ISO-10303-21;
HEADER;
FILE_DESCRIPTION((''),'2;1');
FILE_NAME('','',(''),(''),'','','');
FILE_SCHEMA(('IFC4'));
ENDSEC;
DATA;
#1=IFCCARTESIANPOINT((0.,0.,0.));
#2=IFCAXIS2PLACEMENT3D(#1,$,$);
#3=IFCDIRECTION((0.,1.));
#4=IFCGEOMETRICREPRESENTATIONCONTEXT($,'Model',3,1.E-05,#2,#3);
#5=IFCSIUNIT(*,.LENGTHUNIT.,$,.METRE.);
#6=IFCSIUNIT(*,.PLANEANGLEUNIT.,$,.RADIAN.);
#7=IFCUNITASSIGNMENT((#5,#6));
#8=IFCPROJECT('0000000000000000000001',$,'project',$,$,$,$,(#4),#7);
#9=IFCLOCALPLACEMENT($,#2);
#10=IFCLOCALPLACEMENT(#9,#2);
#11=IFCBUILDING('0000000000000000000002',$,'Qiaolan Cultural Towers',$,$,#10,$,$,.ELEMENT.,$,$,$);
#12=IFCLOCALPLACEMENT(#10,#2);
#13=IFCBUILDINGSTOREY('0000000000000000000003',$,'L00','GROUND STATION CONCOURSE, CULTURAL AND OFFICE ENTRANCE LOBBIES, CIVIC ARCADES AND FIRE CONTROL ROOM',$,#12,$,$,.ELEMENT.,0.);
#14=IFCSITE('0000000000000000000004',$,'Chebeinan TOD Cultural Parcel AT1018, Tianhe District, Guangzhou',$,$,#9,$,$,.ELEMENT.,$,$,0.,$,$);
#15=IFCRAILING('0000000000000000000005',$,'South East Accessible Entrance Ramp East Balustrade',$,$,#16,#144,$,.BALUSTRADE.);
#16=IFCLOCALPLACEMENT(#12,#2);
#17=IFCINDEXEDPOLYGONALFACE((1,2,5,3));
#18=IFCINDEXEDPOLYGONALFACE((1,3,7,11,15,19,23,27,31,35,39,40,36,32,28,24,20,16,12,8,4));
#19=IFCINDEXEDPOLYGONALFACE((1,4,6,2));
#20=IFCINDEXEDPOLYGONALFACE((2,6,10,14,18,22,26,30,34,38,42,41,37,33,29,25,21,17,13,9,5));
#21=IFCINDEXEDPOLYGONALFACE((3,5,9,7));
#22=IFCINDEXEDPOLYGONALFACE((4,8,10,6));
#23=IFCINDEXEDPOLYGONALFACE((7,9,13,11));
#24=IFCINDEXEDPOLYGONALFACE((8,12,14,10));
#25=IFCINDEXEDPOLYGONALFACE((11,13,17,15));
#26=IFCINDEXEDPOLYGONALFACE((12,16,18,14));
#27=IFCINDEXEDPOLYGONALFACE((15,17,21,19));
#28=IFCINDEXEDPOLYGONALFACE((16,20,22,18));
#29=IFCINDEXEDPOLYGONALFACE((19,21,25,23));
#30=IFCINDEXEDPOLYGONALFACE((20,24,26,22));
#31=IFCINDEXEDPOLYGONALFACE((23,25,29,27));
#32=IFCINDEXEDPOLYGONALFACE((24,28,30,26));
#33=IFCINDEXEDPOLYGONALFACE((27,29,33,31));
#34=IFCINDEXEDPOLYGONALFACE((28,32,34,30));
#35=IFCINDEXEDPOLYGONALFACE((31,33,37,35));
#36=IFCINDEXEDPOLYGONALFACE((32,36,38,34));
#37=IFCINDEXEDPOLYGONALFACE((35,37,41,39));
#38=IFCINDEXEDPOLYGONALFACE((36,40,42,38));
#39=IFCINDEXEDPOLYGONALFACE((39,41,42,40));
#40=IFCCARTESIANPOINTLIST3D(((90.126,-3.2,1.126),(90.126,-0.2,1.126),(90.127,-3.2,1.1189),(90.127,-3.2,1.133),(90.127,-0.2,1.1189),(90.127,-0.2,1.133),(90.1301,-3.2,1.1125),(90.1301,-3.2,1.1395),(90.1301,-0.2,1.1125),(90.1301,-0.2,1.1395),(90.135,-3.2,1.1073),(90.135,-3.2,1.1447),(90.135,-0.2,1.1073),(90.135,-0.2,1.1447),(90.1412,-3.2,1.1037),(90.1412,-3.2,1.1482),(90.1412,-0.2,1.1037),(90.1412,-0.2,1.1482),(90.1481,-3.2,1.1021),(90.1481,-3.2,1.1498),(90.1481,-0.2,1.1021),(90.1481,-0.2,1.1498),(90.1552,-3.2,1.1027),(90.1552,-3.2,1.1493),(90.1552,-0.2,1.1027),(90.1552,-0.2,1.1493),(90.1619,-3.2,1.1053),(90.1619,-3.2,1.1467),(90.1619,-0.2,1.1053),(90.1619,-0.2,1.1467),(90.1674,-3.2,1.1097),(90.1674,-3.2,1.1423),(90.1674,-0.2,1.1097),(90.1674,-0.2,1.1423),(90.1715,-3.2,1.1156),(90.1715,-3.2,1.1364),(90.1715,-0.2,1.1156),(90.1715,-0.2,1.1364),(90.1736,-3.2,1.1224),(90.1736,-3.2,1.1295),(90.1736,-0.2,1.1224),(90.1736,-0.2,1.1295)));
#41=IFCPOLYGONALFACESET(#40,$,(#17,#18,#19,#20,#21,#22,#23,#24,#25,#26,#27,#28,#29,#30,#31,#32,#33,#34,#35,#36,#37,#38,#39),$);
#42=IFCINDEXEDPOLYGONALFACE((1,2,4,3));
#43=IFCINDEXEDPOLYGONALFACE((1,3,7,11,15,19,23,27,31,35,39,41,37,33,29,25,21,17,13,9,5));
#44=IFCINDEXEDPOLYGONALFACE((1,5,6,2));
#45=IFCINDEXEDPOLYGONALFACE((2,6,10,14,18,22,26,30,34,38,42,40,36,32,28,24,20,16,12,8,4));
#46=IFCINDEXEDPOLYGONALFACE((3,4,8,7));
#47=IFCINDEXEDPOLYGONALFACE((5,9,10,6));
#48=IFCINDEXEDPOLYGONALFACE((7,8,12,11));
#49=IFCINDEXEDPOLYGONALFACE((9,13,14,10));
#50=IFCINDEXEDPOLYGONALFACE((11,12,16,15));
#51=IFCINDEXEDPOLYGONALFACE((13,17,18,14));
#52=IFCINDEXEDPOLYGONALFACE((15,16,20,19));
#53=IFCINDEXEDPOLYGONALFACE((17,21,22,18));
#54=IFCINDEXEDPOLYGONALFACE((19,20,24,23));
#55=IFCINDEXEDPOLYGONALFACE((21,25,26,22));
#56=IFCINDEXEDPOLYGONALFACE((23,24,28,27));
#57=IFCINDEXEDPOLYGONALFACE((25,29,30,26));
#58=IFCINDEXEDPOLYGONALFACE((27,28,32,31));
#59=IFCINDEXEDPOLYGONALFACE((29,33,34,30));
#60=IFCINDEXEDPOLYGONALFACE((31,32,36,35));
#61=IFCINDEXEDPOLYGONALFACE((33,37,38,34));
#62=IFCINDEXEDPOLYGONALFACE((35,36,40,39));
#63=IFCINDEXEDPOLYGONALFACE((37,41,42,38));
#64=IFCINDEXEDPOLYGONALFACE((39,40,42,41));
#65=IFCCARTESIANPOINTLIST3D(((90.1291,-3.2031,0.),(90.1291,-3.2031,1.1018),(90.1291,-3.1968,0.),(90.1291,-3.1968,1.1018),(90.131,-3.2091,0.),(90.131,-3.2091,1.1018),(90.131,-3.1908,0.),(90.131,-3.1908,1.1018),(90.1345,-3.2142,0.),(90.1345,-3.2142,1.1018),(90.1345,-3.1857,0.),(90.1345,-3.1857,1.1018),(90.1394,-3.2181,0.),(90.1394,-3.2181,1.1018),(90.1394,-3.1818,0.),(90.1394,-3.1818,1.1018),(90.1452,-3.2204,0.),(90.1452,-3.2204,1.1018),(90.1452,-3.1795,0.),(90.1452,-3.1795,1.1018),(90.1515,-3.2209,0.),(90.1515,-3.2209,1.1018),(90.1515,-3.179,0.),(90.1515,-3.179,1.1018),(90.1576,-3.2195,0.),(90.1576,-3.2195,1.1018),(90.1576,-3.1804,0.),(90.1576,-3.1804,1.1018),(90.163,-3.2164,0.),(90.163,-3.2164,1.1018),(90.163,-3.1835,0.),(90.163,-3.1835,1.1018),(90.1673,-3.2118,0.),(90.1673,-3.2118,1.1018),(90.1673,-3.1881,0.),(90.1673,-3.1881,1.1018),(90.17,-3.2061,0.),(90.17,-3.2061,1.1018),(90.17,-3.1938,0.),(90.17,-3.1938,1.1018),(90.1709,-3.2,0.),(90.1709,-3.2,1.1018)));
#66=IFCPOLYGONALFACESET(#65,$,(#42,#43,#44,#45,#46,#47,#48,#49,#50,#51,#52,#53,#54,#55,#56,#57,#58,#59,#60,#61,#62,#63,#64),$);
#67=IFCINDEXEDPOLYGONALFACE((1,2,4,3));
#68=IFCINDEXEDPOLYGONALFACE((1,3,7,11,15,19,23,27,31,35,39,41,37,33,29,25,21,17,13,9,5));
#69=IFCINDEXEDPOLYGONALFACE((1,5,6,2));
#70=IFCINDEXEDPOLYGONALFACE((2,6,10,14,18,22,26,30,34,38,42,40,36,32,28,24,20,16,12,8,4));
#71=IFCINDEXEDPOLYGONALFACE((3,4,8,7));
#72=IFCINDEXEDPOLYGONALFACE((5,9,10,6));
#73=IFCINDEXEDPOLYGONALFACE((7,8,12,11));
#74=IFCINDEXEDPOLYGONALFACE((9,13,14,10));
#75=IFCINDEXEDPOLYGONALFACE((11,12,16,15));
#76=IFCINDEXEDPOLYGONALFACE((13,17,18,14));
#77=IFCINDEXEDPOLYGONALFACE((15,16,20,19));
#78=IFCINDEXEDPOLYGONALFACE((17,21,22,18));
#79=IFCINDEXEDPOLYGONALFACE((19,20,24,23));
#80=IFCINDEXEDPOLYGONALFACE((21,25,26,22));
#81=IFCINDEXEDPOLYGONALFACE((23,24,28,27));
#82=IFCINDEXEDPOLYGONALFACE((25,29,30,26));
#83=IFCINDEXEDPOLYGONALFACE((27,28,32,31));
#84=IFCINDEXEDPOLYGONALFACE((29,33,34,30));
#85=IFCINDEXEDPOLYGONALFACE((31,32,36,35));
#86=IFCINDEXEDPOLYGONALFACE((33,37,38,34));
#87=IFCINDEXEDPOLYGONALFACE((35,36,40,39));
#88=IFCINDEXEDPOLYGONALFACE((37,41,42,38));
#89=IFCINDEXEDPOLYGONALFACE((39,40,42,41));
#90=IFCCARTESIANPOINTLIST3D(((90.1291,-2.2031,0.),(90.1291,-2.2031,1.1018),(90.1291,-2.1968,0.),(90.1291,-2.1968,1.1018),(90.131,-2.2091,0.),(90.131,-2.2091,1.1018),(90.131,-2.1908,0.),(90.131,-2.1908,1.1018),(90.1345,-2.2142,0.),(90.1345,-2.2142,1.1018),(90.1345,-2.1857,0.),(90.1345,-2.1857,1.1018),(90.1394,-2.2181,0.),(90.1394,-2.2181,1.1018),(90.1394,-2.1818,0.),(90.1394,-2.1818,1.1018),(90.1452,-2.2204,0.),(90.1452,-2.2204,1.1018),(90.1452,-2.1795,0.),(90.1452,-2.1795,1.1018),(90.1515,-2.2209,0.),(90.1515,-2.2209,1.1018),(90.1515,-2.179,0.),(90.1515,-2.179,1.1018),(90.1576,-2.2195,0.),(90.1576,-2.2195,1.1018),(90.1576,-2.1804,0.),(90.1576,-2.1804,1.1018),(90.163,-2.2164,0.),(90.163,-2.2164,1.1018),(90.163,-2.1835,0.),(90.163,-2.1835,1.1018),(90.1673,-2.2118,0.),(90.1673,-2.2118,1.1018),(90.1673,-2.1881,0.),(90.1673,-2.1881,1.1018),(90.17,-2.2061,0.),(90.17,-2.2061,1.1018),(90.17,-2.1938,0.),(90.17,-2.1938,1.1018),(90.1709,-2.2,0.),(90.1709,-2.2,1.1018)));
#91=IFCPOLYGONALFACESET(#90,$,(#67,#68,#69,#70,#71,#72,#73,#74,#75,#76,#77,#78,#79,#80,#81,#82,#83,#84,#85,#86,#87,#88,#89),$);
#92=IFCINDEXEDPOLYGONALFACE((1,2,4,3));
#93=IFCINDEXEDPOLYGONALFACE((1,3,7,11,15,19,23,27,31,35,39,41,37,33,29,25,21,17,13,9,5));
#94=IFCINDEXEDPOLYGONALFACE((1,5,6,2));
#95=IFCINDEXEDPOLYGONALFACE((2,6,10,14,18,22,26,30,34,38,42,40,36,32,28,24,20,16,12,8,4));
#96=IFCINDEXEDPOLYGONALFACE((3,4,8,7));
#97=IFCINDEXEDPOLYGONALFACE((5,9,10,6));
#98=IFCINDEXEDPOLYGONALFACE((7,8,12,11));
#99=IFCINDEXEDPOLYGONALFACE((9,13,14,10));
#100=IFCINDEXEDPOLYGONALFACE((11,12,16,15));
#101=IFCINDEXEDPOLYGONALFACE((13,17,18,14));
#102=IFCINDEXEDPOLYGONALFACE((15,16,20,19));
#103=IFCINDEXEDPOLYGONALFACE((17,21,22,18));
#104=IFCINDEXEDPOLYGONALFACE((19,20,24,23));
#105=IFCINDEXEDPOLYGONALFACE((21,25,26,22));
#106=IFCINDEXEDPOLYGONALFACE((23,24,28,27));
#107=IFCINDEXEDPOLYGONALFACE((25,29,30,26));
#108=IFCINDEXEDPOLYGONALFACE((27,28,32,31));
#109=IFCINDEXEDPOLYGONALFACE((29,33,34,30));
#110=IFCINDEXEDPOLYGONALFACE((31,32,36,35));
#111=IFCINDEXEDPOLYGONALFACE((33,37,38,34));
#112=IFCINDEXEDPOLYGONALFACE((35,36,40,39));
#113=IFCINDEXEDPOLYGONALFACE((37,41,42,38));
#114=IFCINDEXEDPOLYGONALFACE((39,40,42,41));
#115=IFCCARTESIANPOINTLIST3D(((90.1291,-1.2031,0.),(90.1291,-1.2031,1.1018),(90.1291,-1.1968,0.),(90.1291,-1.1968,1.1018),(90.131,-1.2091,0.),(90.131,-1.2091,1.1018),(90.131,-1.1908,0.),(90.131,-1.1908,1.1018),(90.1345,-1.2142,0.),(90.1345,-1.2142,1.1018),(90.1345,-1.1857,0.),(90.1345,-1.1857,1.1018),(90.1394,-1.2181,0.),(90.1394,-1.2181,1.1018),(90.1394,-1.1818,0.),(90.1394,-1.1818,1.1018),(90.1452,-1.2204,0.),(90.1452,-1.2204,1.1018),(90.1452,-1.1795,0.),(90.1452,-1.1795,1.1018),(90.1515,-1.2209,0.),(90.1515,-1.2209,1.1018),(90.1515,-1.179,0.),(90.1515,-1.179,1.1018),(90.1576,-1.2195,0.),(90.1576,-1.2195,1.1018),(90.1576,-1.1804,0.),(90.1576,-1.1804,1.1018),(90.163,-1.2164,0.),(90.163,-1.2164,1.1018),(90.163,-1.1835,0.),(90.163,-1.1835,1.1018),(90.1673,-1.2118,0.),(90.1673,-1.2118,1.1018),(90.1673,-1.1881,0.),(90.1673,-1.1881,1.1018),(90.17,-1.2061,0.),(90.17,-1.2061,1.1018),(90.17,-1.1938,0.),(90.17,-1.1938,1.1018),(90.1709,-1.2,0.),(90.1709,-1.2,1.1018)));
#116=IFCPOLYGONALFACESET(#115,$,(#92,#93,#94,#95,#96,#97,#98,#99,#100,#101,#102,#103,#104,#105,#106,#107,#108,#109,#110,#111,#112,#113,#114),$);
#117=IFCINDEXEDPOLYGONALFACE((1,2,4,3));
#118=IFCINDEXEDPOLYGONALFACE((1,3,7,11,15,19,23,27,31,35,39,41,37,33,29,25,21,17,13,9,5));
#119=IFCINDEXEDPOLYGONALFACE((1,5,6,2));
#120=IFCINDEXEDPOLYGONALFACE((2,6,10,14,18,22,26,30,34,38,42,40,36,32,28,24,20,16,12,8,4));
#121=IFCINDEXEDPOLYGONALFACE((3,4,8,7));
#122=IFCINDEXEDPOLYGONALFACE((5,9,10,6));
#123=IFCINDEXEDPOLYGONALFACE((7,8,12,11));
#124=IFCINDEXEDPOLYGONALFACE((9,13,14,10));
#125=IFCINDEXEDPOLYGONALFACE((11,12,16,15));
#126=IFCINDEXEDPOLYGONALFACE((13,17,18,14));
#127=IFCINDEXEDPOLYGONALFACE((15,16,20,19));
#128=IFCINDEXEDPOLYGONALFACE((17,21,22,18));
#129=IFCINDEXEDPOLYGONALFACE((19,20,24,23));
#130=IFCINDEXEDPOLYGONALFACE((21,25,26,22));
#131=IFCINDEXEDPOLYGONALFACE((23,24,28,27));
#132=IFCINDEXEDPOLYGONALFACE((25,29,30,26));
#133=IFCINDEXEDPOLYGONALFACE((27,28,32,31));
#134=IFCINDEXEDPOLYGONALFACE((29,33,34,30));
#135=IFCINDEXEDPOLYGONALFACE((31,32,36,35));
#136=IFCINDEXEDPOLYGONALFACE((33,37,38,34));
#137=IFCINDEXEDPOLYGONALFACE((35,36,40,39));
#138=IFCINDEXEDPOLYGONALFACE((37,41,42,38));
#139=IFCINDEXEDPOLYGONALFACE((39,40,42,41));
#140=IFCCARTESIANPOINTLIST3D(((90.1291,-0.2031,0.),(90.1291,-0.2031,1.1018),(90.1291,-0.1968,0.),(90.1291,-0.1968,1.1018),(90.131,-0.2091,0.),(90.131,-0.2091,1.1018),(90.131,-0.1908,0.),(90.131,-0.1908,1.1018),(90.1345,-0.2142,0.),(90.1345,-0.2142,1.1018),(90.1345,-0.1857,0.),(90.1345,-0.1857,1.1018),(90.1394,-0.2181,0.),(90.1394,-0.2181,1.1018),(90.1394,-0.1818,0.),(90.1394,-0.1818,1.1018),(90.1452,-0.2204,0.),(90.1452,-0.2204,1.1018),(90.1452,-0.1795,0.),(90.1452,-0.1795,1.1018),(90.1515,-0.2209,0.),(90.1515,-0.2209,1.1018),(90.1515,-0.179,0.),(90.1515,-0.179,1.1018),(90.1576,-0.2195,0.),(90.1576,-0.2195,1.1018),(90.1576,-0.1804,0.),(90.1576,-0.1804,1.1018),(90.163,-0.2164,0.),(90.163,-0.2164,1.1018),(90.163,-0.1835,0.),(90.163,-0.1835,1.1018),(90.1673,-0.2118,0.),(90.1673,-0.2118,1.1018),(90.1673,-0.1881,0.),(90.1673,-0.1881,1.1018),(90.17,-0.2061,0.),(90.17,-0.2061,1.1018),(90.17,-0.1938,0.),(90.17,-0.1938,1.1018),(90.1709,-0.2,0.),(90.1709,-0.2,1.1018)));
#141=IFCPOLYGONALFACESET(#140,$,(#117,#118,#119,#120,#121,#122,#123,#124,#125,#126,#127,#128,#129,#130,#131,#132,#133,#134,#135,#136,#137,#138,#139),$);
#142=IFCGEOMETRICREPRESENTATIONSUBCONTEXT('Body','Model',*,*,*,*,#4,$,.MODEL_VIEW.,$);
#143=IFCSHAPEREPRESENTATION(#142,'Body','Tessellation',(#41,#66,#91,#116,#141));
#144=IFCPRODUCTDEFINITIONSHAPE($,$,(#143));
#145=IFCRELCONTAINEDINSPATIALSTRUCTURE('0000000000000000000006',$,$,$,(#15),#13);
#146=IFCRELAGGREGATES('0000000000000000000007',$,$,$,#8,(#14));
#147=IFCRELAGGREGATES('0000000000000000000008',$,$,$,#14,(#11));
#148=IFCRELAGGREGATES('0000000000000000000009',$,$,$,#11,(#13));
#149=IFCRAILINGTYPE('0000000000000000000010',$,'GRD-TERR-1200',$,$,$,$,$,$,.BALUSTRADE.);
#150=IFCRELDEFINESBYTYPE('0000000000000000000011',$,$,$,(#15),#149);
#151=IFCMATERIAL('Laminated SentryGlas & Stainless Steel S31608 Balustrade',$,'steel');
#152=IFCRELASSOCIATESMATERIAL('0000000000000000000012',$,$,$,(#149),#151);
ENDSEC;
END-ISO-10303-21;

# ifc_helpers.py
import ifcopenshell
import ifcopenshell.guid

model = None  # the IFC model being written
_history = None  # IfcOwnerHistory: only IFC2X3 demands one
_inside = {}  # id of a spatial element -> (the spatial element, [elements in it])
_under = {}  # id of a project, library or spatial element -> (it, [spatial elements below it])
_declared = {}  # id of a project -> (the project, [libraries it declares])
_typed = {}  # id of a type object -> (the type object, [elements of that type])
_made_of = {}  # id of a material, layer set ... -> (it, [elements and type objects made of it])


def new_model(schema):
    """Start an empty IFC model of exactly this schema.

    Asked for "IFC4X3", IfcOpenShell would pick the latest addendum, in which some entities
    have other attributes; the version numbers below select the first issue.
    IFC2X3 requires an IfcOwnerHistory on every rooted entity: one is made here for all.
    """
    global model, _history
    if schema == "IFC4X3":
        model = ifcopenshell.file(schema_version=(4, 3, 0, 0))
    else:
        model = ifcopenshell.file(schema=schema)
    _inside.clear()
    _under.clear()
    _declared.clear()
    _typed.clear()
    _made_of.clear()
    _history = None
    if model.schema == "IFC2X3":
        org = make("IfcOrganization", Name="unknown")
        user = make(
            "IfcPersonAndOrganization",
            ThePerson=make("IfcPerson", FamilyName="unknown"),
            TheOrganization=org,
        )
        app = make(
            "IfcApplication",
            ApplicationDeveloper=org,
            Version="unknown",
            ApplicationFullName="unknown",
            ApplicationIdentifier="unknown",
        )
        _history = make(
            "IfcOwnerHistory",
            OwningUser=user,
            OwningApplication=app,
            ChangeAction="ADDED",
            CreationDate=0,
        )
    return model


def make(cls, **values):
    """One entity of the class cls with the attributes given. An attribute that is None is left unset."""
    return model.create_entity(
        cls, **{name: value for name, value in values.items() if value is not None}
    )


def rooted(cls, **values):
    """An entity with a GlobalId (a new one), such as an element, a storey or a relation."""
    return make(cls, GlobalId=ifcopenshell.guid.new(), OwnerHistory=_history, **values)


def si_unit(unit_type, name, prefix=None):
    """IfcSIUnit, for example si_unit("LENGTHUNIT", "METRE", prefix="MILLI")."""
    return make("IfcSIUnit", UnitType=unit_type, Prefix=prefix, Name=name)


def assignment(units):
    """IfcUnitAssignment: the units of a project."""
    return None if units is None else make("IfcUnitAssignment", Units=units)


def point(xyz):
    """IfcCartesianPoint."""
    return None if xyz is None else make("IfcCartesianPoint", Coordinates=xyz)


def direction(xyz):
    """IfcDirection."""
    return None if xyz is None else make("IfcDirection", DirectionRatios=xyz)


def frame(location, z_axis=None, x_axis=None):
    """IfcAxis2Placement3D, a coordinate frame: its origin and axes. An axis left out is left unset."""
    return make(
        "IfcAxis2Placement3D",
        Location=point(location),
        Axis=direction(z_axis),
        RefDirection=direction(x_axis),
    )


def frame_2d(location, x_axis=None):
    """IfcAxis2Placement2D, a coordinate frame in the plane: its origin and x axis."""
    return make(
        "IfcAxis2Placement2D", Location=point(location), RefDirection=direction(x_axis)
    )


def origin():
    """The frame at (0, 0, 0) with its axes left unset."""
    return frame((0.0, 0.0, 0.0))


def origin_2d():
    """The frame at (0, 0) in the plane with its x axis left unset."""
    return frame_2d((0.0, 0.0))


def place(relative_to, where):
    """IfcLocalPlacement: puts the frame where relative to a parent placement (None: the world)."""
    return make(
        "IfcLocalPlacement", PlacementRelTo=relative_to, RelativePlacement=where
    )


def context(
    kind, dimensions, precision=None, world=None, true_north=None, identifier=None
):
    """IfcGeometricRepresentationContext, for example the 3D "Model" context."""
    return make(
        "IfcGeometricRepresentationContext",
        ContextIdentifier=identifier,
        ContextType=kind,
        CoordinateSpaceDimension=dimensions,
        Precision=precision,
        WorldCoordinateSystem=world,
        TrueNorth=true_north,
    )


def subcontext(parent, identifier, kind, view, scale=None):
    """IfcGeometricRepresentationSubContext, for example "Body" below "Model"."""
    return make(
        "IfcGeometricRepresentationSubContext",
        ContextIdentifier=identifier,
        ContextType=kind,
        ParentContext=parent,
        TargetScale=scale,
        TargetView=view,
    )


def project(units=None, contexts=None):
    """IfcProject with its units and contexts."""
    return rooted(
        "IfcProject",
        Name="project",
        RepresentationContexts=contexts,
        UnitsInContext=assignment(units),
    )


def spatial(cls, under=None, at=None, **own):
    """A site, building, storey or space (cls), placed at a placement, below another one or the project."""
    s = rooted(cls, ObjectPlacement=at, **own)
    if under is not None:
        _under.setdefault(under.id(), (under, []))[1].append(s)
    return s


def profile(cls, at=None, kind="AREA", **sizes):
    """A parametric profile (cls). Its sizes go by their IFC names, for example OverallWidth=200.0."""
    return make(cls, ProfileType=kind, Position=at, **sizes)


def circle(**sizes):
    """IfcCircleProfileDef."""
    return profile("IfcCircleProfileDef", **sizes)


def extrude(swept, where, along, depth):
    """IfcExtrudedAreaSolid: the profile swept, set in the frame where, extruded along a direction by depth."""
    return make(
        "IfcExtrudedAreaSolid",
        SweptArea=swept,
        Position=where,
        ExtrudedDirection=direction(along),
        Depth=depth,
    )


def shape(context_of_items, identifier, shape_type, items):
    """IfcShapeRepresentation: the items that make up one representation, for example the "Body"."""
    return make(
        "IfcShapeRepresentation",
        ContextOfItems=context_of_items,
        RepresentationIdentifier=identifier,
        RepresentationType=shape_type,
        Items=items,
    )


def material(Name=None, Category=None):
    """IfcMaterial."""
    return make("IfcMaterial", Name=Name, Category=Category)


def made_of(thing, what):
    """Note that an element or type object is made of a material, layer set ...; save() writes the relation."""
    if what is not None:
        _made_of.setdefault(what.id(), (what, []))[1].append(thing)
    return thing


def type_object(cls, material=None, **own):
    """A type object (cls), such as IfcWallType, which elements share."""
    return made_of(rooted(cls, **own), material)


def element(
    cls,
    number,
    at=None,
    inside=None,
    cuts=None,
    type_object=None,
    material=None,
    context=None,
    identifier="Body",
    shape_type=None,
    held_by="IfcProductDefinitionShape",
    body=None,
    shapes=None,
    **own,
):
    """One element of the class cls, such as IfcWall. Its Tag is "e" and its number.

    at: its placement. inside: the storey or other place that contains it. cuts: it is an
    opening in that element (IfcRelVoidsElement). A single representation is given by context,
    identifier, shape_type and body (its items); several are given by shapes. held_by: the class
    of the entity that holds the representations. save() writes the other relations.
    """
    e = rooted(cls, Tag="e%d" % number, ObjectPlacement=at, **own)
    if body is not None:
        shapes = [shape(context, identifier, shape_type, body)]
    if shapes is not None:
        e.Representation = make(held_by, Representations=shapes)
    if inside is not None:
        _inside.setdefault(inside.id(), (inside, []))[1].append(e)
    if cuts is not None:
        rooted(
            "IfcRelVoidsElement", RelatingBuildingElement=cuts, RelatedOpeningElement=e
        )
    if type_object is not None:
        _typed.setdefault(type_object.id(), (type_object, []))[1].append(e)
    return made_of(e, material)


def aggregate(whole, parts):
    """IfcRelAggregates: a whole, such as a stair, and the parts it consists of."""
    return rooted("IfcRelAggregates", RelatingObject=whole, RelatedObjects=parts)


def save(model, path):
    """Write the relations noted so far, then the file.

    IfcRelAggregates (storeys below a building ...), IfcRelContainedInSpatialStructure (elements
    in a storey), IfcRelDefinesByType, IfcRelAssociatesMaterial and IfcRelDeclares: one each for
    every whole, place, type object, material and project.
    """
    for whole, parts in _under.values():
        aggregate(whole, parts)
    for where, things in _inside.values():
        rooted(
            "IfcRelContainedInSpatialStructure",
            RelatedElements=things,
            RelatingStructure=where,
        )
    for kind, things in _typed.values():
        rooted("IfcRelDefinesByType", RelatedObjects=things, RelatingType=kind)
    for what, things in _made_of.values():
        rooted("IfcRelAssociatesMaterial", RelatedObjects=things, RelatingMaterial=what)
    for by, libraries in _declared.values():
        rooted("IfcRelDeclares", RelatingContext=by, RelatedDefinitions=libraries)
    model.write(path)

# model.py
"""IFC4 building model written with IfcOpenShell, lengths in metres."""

from ifc_helpers import new_model, si_unit, direction, frame, origin, origin_2d, place, context, subcontext, project, spatial, circle, extrude, material, type_object, element, save


model = new_model("IFC4")

# Units and contexts
model_context = context("Model", 3, precision=1e-05, world=origin(), true_north=direction((0.0, 1.0)))
body_context = subcontext(model_context, "Body", "Model", "MODEL_VIEW")
ifc_project = project(units=[si_unit("LENGTHUNIT", "METRE"), si_unit("PLANEANGLEUNIT", "RADIAN")], contexts=[model_context])

# Site, building, storey
site_placement = place(None, origin())
site = spatial("IfcSite", under=ifc_project, at=site_placement, Name="Chebeinan TOD Cultural Parcel AT1018, Tianhe District, Guangzhou", CompositionType="ELEMENT", RefElevation=0.0)
building_placement = place(site_placement, origin())
building = spatial("IfcBuilding", under=site, at=building_placement, Name="Qiaolan Cultural Towers", CompositionType="ELEMENT")
storey_placement = place(building_placement, origin())
storey = spatial("IfcBuildingStorey", under=building, at=storey_placement, Name="L00", Description="GROUND STATION CONCOURSE, CULTURAL AND OFFICE ENTRANCE LOBBIES, CIVIC ARCADES AND FIRE CONTROL ROOM", CompositionType="ELEMENT", Elevation=0.0)

# Railing
ifc_material_1 = material(Name="Laminated SentryGlas & Stainless Steel S31608 Balustrade", Category="steel")
railing_type_1 = type_object("IfcRailingType", Name="GRD-TERR-1200", PredefinedType="BALUSTRADE", material=ifc_material_1)
for number, where, name in (
    (1, (90.1499, -3.2, 0.0), "South East Accessible Entrance Ramp East Balustrade"),
):
    element("IfcRailing", number, at=place(storey_placement, frame(where)), inside=storey, type_object=railing_type_1, Name=name, PredefinedType="BALUSTRADE", context=body_context, shape_type="SweptSolid", body=[
        extrude(circle(Radius=0.0239, at=origin_2d()), frame((0.0, 0.0, 1.126), z_axis=(0.0, 1.0, 0.0), x_axis=(-1.0, 0.0, 0.0)), (0.0, 0.0, 1.0), 3.0),
        extrude(circle(Radius=0.021, at=origin_2d()), origin(), (0.0, 0.0, 1.0), 1.1018),
        extrude(circle(Radius=0.021, at=origin_2d()), frame((0.0, 1.0, 0.0)), (0.0, 0.0, 1.0), 1.1018),
        extrude(circle(Radius=0.021, at=origin_2d()), frame((0.0, 2.0, 0.0)), (0.0, 0.0, 1.0), 1.1018),
        extrude(circle(Radius=0.021, at=origin_2d()), frame((0.0, 3.0, 0.0)), (0.0, 0.0, 1.0), 1.1018),
    ])

save(model, "model.ifc")
